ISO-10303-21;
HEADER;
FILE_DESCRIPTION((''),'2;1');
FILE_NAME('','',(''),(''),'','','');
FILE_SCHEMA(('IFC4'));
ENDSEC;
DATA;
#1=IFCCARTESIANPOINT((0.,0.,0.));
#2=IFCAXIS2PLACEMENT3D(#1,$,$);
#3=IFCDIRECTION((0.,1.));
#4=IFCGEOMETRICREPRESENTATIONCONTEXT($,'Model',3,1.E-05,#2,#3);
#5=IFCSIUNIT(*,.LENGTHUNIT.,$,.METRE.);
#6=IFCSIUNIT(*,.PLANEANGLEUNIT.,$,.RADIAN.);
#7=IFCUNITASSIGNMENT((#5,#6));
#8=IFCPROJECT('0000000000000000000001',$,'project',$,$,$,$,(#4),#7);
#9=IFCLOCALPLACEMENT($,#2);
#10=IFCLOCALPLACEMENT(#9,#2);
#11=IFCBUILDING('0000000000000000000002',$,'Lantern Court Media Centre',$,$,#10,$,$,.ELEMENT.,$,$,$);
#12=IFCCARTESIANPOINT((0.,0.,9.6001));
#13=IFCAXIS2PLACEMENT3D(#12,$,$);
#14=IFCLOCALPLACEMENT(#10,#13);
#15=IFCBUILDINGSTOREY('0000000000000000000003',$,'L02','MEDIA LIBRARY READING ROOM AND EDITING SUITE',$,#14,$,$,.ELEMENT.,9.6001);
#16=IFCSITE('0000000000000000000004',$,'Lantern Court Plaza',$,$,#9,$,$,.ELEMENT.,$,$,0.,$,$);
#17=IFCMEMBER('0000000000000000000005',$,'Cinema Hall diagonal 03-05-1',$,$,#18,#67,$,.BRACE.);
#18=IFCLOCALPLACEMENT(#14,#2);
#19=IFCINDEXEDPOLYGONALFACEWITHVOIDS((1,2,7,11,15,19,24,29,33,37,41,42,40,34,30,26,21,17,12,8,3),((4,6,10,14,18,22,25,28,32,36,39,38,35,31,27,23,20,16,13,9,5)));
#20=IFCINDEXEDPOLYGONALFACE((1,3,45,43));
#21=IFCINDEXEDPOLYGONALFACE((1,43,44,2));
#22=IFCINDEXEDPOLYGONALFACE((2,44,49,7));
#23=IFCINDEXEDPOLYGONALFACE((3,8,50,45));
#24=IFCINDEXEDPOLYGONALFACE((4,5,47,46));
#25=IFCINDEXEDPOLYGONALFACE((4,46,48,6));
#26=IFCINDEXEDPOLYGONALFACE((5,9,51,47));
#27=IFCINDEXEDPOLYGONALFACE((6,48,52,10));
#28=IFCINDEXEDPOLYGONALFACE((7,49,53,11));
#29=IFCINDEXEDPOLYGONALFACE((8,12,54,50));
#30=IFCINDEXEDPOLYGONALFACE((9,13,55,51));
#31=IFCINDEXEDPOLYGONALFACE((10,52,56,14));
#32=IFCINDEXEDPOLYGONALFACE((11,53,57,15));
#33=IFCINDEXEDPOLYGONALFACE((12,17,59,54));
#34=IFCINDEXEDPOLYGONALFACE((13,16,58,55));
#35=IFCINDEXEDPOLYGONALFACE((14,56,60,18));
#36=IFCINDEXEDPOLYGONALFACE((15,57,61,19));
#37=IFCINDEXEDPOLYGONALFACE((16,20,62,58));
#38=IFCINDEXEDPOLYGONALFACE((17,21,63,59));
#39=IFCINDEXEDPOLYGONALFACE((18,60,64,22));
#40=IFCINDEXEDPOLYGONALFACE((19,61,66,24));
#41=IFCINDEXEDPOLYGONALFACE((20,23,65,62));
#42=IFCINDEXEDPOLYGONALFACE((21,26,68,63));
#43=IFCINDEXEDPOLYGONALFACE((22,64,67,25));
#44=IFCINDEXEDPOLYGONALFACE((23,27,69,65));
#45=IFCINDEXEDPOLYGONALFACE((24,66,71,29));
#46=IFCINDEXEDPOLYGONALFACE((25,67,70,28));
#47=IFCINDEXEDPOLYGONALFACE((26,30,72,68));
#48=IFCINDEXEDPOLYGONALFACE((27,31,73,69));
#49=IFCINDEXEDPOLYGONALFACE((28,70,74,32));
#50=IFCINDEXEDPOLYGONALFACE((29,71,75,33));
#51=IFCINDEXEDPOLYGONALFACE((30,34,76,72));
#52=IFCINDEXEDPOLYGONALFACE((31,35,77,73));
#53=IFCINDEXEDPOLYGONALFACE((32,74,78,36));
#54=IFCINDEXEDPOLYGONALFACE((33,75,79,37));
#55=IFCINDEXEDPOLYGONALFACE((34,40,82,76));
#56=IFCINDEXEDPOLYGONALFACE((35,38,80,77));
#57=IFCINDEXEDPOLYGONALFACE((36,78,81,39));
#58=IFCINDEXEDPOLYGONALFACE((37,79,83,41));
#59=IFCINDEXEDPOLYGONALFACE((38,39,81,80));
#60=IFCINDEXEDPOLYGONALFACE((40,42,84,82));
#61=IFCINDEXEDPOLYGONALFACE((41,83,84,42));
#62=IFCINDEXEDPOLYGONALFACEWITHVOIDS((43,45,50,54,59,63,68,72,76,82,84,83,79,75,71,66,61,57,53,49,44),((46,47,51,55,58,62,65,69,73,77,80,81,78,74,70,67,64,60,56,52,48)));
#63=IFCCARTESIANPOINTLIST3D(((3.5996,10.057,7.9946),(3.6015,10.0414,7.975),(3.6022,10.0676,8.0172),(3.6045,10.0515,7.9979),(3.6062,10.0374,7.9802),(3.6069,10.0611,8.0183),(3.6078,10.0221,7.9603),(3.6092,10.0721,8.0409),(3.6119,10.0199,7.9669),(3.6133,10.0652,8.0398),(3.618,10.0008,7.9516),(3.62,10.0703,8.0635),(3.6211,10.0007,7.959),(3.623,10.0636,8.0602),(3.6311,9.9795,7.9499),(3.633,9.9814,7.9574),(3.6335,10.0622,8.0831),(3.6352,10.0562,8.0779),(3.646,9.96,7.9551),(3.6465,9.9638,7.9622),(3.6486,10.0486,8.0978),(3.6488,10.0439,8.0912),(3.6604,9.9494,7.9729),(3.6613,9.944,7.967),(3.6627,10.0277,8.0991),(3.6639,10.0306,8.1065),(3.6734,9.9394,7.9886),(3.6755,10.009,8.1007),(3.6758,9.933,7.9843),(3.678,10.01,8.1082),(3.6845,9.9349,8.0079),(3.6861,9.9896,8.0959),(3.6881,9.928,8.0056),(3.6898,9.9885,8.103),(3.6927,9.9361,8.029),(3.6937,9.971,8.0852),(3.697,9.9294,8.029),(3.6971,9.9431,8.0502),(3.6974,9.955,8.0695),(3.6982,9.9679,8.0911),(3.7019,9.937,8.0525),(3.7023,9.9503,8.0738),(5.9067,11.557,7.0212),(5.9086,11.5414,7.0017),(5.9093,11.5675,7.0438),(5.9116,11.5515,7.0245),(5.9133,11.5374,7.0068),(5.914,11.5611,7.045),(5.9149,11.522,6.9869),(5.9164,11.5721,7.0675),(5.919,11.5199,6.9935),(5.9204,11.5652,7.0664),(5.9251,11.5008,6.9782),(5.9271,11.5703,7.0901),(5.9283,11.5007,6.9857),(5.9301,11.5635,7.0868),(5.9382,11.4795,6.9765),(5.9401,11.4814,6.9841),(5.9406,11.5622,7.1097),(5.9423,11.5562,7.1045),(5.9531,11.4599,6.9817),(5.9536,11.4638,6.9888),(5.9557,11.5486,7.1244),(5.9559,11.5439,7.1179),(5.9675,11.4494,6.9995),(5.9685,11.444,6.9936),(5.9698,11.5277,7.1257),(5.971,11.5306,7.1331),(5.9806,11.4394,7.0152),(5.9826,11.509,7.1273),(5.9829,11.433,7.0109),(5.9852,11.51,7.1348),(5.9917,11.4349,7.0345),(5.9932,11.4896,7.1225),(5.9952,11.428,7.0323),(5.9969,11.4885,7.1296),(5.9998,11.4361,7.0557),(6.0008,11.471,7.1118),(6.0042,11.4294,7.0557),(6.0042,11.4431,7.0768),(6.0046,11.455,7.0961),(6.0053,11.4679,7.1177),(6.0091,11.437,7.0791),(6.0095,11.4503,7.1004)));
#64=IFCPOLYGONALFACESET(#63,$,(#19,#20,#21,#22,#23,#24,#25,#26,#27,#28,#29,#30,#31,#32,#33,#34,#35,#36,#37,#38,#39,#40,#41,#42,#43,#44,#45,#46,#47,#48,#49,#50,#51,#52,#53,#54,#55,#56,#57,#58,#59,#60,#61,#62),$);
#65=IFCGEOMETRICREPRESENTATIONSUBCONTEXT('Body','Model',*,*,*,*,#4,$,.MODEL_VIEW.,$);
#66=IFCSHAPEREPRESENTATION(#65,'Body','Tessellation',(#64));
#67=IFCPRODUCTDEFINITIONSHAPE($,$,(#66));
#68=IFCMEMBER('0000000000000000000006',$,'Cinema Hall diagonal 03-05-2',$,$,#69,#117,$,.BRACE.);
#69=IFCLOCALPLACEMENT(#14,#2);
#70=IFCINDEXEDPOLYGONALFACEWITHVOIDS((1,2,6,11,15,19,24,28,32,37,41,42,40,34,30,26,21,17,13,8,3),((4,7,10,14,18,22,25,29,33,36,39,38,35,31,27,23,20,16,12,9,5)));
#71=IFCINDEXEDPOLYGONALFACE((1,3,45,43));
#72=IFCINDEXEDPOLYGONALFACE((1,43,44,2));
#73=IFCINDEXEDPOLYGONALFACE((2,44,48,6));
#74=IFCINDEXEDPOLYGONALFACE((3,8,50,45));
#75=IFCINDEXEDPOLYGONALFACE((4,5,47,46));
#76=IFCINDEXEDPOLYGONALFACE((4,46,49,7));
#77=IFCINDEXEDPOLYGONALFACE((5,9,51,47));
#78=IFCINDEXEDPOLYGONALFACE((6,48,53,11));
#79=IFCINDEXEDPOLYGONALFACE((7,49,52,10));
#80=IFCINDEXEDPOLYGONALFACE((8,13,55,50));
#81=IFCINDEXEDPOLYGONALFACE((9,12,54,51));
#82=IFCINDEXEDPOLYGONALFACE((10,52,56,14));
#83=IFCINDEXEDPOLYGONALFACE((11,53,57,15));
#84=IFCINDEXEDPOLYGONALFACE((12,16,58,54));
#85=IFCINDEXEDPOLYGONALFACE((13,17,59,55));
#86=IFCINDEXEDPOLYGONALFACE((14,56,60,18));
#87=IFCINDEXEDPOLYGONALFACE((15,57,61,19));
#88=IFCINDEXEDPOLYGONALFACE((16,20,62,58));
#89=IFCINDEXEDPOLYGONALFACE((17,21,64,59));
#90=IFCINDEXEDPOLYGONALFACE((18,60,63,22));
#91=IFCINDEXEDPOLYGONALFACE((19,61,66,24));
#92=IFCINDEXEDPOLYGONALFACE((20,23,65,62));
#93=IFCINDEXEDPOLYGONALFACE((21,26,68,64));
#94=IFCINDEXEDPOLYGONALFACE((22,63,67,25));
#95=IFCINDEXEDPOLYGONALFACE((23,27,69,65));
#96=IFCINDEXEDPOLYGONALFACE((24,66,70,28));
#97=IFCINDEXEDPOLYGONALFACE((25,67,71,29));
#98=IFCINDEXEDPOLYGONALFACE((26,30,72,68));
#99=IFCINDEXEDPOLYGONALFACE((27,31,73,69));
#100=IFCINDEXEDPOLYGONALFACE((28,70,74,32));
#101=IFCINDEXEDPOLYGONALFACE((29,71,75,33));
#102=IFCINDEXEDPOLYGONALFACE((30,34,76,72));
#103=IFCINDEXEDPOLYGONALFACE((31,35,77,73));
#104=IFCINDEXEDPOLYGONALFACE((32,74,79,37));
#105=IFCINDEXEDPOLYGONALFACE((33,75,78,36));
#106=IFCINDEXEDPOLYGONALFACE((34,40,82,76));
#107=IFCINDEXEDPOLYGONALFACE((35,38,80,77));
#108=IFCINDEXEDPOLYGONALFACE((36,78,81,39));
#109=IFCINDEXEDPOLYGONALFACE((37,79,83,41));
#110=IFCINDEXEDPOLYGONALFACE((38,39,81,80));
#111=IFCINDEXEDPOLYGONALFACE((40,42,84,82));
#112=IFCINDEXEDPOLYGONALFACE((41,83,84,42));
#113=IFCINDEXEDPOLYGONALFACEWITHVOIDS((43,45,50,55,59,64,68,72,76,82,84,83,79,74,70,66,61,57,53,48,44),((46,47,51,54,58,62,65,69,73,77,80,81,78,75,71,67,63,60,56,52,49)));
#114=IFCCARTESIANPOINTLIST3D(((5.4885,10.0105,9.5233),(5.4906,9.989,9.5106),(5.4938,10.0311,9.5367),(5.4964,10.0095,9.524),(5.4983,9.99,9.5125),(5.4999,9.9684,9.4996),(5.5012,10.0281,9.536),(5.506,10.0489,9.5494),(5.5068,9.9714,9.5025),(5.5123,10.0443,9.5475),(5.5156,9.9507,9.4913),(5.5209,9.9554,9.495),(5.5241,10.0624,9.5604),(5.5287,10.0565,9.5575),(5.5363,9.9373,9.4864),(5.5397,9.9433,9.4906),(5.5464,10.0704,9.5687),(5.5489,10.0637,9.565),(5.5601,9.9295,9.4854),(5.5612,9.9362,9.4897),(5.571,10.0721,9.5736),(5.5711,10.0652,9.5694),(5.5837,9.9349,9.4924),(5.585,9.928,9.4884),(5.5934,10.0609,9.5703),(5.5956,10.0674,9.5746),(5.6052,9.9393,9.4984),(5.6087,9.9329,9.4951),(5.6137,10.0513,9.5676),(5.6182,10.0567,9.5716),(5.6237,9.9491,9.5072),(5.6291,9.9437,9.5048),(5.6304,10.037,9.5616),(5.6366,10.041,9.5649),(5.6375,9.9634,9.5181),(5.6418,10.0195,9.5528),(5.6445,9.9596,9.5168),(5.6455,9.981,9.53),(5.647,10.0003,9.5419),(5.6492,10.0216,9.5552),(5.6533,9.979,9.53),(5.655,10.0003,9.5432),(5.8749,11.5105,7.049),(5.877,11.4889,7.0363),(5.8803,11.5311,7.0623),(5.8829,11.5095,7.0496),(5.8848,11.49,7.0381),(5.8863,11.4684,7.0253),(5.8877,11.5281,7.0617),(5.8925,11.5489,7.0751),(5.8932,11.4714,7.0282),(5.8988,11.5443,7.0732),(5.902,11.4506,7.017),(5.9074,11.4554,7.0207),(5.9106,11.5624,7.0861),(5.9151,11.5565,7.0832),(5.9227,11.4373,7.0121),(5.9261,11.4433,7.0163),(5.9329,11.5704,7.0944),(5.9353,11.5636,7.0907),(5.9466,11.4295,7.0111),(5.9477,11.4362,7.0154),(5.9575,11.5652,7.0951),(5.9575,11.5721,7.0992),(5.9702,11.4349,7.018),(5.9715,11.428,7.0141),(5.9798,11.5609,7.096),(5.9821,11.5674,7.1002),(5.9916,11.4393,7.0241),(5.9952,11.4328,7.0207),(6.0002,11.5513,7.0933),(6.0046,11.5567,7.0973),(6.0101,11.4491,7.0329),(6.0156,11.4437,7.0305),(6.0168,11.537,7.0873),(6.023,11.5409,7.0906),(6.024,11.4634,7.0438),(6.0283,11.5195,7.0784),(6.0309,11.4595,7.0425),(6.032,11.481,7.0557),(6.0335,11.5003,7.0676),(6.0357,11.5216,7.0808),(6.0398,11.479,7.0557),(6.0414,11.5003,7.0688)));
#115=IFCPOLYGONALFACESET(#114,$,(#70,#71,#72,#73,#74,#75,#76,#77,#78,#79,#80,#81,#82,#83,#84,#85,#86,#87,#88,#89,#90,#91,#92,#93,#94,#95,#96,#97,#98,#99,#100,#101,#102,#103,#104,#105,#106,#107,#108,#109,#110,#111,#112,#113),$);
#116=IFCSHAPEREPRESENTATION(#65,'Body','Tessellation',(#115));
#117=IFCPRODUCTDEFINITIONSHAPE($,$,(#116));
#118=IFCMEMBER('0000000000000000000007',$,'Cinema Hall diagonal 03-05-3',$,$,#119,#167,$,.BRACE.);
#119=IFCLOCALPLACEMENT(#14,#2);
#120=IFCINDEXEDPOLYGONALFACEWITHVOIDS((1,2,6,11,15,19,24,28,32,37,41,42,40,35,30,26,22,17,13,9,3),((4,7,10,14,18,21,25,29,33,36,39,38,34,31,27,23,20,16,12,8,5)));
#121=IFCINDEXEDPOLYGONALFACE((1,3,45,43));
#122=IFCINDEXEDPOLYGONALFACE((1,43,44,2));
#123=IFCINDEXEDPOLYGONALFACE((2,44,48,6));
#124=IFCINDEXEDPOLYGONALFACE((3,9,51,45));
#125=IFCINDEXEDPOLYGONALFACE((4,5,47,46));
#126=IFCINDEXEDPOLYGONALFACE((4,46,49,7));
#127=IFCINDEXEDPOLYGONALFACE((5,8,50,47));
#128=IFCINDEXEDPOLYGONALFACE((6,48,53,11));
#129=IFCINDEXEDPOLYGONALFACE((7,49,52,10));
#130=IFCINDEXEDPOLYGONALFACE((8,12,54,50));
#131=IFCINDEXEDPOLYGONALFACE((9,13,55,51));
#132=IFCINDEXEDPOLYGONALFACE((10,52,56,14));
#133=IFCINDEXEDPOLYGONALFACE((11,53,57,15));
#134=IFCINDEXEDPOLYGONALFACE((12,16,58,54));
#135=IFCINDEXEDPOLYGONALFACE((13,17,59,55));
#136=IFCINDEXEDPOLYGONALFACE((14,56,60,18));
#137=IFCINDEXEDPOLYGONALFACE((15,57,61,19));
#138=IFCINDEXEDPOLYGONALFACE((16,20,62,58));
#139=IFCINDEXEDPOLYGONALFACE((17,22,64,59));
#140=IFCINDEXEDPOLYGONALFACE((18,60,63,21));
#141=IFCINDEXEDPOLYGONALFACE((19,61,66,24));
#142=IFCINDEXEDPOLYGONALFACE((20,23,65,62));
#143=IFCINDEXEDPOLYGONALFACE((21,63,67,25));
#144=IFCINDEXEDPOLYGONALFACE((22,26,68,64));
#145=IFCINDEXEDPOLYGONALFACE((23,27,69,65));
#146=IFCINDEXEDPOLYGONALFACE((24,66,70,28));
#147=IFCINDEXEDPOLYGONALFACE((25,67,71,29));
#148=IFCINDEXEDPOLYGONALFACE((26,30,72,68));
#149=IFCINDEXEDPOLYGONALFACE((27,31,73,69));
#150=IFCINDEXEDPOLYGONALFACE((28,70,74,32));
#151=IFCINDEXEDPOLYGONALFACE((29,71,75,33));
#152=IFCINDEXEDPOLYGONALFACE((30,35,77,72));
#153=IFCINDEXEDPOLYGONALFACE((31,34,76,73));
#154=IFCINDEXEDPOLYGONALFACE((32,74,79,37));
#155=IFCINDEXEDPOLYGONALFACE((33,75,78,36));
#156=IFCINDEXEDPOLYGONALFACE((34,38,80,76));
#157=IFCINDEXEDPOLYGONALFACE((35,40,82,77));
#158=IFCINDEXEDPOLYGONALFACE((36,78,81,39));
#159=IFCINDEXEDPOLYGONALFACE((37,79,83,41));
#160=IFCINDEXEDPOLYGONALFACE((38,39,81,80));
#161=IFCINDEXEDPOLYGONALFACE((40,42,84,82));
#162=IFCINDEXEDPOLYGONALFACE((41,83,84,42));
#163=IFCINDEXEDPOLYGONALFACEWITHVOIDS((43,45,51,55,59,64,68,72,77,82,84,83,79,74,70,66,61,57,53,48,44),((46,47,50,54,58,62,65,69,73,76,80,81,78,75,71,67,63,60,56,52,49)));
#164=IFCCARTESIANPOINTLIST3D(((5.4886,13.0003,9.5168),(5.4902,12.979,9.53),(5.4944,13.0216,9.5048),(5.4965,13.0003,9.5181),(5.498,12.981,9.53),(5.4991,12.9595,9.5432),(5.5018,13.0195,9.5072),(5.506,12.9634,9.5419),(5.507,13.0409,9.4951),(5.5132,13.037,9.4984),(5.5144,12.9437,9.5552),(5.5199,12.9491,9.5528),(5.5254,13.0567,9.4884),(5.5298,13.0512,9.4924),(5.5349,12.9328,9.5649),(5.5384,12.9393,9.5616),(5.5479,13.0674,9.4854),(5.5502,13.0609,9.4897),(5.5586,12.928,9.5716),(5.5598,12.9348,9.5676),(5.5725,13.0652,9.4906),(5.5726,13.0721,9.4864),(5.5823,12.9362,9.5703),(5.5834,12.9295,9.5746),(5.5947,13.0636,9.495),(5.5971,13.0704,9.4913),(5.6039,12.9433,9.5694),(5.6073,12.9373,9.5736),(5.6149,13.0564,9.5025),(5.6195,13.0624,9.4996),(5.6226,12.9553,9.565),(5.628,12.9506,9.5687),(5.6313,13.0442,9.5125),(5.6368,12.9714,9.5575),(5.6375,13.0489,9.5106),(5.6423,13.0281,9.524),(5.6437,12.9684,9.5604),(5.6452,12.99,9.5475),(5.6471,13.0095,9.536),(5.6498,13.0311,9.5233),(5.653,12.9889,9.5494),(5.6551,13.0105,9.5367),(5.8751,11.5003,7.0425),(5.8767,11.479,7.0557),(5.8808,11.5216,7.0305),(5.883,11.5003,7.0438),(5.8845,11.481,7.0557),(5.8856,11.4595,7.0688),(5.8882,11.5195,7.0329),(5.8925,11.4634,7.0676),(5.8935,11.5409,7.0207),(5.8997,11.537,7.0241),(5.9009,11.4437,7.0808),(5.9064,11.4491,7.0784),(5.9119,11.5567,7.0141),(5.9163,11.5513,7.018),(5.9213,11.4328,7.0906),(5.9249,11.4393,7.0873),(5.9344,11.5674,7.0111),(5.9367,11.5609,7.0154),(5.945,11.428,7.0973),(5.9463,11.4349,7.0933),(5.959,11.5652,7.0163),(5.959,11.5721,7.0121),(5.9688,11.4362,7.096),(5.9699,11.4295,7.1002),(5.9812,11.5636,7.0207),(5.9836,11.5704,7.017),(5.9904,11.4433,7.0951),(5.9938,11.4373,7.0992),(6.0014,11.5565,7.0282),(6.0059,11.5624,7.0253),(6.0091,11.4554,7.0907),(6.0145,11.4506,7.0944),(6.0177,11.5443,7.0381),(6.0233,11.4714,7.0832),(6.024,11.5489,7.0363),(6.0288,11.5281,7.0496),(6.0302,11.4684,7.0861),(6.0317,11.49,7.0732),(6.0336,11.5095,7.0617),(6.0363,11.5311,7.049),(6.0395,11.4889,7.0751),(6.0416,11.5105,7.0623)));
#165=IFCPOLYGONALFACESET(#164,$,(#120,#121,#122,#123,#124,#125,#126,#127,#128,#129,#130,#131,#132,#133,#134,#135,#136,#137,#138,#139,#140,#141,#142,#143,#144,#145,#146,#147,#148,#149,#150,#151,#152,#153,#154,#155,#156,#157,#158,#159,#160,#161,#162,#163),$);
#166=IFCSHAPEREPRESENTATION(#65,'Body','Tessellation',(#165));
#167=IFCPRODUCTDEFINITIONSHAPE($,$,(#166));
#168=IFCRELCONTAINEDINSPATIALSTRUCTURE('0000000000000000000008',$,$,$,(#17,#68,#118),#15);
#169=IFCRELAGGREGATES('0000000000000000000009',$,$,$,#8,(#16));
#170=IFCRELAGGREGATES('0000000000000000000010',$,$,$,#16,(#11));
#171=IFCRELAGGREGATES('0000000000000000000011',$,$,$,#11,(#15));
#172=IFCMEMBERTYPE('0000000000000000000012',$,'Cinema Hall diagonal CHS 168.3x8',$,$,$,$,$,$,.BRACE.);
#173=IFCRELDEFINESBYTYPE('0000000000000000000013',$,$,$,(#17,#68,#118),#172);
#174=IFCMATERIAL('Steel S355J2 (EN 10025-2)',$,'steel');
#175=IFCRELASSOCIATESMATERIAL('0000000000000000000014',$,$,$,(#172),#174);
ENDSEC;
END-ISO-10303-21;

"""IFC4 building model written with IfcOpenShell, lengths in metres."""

from ifc_helpers import new_model, si_unit, direction, frame, origin, origin_2d, place, context, subcontext, project, spatial, hollow_circle, extrude, material, material_profile, profile_set, type_object, element, save


model = new_model("IFC4")

# Units and contexts
model_context = context("Model", 3, precision=1e-05, world=origin(), true_north=direction((0.0, 1.0)))
body_context = subcontext(model_context, "Body", "Model", "MODEL_VIEW")
ifc_project = project(units=[si_unit("LENGTHUNIT", "METRE"), si_unit("PLANEANGLEUNIT", "RADIAN")], contexts=[model_context])

# Site, building, storey
site_placement = place(None, origin())
site = spatial("IfcSite", under=ifc_project, at=site_placement, Name="Lantern Court Plaza", CompositionType="ELEMENT", RefElevation=0.0)
building_placement = place(site_placement, origin())
building = spatial("IfcBuilding", under=site, at=building_placement, Name="Lantern Court Media Centre", CompositionType="ELEMENT")
storey_placement = place(building_placement, frame((0.0, 0.0, 9.6001)))
storey = spatial("IfcBuildingStorey", under=building, at=storey_placement, Name="L02", Description="MEDIA LIBRARY READING ROOM AND EDITING SUITE", CompositionType="ELEMENT", Elevation=9.6001)

# Members
ifc_material = material(Name="Steel S355J2 (EN 10025-2)", Category="steel")
ifc_material_profile_1 = material_profile(ifc_material, hollow_circle(Radius=0.0842, WallThickness=0.0081, at=origin_2d()), Name="Cinema Hall diagonal CHS 168.3x8")
ifc_profile_set_1 = profile_set([ifc_material_profile_1], Name="Steel S355J2 (EN 10025-2)")
member_type_1 = type_object("IfcMemberType", Name="Cinema Hall diagonal CHS 168.3x8", PredefinedType="BRACE", material=ifc_profile_set_1)
member_1_placement = place(storey_placement, frame((5.9583, 11.5, 7.0557), z_axis=(-0.790394, -0.513882, 0.333471), x_axis=(0.545082, -0.838383, 0.0)))
element("IfcMember", 1, at=member_1_placement, inside=storey, type_object=member_type_1, Name="Cinema Hall diagonal 03-05-1", PredefinedType="BRACE", context=body_context, shape_type="SweptSolid", body=[
    extrude(hollow_circle(Radius=0.0842, WallThickness=0.0081, at=origin_2d()), origin(), (0.0, 0.0, 1.0), 2.9189),
])
for number, where, z_axis, x_axis, name in (
    (2, (5.9583, 11.5, 7.0557), (-0.13239, -0.513836, 0.847612), (0.968374, -0.249501, 0.0), "Cinema Hall diagonal 03-05-2"),
    (3, (5.9583, 11.5, 7.0557), (-0.13239, 0.513836, 0.847612), (-0.968374, -0.249501, 0.0), "Cinema Hall diagonal 03-05-3"),
):
    element("IfcMember", number, at=place(storey_placement, frame(where, z_axis=z_axis, x_axis=x_axis)), inside=storey, type_object=member_type_1, Name=name, PredefinedType="BRACE", context=body_context, shape_type="SweptSolid", body=[
        extrude(hollow_circle(Radius=0.0842, WallThickness=0.0081, at=origin_2d()), origin(), (0.0, 0.0, 1.0), 2.9192),
    ])

save(model, "model.ifc")
